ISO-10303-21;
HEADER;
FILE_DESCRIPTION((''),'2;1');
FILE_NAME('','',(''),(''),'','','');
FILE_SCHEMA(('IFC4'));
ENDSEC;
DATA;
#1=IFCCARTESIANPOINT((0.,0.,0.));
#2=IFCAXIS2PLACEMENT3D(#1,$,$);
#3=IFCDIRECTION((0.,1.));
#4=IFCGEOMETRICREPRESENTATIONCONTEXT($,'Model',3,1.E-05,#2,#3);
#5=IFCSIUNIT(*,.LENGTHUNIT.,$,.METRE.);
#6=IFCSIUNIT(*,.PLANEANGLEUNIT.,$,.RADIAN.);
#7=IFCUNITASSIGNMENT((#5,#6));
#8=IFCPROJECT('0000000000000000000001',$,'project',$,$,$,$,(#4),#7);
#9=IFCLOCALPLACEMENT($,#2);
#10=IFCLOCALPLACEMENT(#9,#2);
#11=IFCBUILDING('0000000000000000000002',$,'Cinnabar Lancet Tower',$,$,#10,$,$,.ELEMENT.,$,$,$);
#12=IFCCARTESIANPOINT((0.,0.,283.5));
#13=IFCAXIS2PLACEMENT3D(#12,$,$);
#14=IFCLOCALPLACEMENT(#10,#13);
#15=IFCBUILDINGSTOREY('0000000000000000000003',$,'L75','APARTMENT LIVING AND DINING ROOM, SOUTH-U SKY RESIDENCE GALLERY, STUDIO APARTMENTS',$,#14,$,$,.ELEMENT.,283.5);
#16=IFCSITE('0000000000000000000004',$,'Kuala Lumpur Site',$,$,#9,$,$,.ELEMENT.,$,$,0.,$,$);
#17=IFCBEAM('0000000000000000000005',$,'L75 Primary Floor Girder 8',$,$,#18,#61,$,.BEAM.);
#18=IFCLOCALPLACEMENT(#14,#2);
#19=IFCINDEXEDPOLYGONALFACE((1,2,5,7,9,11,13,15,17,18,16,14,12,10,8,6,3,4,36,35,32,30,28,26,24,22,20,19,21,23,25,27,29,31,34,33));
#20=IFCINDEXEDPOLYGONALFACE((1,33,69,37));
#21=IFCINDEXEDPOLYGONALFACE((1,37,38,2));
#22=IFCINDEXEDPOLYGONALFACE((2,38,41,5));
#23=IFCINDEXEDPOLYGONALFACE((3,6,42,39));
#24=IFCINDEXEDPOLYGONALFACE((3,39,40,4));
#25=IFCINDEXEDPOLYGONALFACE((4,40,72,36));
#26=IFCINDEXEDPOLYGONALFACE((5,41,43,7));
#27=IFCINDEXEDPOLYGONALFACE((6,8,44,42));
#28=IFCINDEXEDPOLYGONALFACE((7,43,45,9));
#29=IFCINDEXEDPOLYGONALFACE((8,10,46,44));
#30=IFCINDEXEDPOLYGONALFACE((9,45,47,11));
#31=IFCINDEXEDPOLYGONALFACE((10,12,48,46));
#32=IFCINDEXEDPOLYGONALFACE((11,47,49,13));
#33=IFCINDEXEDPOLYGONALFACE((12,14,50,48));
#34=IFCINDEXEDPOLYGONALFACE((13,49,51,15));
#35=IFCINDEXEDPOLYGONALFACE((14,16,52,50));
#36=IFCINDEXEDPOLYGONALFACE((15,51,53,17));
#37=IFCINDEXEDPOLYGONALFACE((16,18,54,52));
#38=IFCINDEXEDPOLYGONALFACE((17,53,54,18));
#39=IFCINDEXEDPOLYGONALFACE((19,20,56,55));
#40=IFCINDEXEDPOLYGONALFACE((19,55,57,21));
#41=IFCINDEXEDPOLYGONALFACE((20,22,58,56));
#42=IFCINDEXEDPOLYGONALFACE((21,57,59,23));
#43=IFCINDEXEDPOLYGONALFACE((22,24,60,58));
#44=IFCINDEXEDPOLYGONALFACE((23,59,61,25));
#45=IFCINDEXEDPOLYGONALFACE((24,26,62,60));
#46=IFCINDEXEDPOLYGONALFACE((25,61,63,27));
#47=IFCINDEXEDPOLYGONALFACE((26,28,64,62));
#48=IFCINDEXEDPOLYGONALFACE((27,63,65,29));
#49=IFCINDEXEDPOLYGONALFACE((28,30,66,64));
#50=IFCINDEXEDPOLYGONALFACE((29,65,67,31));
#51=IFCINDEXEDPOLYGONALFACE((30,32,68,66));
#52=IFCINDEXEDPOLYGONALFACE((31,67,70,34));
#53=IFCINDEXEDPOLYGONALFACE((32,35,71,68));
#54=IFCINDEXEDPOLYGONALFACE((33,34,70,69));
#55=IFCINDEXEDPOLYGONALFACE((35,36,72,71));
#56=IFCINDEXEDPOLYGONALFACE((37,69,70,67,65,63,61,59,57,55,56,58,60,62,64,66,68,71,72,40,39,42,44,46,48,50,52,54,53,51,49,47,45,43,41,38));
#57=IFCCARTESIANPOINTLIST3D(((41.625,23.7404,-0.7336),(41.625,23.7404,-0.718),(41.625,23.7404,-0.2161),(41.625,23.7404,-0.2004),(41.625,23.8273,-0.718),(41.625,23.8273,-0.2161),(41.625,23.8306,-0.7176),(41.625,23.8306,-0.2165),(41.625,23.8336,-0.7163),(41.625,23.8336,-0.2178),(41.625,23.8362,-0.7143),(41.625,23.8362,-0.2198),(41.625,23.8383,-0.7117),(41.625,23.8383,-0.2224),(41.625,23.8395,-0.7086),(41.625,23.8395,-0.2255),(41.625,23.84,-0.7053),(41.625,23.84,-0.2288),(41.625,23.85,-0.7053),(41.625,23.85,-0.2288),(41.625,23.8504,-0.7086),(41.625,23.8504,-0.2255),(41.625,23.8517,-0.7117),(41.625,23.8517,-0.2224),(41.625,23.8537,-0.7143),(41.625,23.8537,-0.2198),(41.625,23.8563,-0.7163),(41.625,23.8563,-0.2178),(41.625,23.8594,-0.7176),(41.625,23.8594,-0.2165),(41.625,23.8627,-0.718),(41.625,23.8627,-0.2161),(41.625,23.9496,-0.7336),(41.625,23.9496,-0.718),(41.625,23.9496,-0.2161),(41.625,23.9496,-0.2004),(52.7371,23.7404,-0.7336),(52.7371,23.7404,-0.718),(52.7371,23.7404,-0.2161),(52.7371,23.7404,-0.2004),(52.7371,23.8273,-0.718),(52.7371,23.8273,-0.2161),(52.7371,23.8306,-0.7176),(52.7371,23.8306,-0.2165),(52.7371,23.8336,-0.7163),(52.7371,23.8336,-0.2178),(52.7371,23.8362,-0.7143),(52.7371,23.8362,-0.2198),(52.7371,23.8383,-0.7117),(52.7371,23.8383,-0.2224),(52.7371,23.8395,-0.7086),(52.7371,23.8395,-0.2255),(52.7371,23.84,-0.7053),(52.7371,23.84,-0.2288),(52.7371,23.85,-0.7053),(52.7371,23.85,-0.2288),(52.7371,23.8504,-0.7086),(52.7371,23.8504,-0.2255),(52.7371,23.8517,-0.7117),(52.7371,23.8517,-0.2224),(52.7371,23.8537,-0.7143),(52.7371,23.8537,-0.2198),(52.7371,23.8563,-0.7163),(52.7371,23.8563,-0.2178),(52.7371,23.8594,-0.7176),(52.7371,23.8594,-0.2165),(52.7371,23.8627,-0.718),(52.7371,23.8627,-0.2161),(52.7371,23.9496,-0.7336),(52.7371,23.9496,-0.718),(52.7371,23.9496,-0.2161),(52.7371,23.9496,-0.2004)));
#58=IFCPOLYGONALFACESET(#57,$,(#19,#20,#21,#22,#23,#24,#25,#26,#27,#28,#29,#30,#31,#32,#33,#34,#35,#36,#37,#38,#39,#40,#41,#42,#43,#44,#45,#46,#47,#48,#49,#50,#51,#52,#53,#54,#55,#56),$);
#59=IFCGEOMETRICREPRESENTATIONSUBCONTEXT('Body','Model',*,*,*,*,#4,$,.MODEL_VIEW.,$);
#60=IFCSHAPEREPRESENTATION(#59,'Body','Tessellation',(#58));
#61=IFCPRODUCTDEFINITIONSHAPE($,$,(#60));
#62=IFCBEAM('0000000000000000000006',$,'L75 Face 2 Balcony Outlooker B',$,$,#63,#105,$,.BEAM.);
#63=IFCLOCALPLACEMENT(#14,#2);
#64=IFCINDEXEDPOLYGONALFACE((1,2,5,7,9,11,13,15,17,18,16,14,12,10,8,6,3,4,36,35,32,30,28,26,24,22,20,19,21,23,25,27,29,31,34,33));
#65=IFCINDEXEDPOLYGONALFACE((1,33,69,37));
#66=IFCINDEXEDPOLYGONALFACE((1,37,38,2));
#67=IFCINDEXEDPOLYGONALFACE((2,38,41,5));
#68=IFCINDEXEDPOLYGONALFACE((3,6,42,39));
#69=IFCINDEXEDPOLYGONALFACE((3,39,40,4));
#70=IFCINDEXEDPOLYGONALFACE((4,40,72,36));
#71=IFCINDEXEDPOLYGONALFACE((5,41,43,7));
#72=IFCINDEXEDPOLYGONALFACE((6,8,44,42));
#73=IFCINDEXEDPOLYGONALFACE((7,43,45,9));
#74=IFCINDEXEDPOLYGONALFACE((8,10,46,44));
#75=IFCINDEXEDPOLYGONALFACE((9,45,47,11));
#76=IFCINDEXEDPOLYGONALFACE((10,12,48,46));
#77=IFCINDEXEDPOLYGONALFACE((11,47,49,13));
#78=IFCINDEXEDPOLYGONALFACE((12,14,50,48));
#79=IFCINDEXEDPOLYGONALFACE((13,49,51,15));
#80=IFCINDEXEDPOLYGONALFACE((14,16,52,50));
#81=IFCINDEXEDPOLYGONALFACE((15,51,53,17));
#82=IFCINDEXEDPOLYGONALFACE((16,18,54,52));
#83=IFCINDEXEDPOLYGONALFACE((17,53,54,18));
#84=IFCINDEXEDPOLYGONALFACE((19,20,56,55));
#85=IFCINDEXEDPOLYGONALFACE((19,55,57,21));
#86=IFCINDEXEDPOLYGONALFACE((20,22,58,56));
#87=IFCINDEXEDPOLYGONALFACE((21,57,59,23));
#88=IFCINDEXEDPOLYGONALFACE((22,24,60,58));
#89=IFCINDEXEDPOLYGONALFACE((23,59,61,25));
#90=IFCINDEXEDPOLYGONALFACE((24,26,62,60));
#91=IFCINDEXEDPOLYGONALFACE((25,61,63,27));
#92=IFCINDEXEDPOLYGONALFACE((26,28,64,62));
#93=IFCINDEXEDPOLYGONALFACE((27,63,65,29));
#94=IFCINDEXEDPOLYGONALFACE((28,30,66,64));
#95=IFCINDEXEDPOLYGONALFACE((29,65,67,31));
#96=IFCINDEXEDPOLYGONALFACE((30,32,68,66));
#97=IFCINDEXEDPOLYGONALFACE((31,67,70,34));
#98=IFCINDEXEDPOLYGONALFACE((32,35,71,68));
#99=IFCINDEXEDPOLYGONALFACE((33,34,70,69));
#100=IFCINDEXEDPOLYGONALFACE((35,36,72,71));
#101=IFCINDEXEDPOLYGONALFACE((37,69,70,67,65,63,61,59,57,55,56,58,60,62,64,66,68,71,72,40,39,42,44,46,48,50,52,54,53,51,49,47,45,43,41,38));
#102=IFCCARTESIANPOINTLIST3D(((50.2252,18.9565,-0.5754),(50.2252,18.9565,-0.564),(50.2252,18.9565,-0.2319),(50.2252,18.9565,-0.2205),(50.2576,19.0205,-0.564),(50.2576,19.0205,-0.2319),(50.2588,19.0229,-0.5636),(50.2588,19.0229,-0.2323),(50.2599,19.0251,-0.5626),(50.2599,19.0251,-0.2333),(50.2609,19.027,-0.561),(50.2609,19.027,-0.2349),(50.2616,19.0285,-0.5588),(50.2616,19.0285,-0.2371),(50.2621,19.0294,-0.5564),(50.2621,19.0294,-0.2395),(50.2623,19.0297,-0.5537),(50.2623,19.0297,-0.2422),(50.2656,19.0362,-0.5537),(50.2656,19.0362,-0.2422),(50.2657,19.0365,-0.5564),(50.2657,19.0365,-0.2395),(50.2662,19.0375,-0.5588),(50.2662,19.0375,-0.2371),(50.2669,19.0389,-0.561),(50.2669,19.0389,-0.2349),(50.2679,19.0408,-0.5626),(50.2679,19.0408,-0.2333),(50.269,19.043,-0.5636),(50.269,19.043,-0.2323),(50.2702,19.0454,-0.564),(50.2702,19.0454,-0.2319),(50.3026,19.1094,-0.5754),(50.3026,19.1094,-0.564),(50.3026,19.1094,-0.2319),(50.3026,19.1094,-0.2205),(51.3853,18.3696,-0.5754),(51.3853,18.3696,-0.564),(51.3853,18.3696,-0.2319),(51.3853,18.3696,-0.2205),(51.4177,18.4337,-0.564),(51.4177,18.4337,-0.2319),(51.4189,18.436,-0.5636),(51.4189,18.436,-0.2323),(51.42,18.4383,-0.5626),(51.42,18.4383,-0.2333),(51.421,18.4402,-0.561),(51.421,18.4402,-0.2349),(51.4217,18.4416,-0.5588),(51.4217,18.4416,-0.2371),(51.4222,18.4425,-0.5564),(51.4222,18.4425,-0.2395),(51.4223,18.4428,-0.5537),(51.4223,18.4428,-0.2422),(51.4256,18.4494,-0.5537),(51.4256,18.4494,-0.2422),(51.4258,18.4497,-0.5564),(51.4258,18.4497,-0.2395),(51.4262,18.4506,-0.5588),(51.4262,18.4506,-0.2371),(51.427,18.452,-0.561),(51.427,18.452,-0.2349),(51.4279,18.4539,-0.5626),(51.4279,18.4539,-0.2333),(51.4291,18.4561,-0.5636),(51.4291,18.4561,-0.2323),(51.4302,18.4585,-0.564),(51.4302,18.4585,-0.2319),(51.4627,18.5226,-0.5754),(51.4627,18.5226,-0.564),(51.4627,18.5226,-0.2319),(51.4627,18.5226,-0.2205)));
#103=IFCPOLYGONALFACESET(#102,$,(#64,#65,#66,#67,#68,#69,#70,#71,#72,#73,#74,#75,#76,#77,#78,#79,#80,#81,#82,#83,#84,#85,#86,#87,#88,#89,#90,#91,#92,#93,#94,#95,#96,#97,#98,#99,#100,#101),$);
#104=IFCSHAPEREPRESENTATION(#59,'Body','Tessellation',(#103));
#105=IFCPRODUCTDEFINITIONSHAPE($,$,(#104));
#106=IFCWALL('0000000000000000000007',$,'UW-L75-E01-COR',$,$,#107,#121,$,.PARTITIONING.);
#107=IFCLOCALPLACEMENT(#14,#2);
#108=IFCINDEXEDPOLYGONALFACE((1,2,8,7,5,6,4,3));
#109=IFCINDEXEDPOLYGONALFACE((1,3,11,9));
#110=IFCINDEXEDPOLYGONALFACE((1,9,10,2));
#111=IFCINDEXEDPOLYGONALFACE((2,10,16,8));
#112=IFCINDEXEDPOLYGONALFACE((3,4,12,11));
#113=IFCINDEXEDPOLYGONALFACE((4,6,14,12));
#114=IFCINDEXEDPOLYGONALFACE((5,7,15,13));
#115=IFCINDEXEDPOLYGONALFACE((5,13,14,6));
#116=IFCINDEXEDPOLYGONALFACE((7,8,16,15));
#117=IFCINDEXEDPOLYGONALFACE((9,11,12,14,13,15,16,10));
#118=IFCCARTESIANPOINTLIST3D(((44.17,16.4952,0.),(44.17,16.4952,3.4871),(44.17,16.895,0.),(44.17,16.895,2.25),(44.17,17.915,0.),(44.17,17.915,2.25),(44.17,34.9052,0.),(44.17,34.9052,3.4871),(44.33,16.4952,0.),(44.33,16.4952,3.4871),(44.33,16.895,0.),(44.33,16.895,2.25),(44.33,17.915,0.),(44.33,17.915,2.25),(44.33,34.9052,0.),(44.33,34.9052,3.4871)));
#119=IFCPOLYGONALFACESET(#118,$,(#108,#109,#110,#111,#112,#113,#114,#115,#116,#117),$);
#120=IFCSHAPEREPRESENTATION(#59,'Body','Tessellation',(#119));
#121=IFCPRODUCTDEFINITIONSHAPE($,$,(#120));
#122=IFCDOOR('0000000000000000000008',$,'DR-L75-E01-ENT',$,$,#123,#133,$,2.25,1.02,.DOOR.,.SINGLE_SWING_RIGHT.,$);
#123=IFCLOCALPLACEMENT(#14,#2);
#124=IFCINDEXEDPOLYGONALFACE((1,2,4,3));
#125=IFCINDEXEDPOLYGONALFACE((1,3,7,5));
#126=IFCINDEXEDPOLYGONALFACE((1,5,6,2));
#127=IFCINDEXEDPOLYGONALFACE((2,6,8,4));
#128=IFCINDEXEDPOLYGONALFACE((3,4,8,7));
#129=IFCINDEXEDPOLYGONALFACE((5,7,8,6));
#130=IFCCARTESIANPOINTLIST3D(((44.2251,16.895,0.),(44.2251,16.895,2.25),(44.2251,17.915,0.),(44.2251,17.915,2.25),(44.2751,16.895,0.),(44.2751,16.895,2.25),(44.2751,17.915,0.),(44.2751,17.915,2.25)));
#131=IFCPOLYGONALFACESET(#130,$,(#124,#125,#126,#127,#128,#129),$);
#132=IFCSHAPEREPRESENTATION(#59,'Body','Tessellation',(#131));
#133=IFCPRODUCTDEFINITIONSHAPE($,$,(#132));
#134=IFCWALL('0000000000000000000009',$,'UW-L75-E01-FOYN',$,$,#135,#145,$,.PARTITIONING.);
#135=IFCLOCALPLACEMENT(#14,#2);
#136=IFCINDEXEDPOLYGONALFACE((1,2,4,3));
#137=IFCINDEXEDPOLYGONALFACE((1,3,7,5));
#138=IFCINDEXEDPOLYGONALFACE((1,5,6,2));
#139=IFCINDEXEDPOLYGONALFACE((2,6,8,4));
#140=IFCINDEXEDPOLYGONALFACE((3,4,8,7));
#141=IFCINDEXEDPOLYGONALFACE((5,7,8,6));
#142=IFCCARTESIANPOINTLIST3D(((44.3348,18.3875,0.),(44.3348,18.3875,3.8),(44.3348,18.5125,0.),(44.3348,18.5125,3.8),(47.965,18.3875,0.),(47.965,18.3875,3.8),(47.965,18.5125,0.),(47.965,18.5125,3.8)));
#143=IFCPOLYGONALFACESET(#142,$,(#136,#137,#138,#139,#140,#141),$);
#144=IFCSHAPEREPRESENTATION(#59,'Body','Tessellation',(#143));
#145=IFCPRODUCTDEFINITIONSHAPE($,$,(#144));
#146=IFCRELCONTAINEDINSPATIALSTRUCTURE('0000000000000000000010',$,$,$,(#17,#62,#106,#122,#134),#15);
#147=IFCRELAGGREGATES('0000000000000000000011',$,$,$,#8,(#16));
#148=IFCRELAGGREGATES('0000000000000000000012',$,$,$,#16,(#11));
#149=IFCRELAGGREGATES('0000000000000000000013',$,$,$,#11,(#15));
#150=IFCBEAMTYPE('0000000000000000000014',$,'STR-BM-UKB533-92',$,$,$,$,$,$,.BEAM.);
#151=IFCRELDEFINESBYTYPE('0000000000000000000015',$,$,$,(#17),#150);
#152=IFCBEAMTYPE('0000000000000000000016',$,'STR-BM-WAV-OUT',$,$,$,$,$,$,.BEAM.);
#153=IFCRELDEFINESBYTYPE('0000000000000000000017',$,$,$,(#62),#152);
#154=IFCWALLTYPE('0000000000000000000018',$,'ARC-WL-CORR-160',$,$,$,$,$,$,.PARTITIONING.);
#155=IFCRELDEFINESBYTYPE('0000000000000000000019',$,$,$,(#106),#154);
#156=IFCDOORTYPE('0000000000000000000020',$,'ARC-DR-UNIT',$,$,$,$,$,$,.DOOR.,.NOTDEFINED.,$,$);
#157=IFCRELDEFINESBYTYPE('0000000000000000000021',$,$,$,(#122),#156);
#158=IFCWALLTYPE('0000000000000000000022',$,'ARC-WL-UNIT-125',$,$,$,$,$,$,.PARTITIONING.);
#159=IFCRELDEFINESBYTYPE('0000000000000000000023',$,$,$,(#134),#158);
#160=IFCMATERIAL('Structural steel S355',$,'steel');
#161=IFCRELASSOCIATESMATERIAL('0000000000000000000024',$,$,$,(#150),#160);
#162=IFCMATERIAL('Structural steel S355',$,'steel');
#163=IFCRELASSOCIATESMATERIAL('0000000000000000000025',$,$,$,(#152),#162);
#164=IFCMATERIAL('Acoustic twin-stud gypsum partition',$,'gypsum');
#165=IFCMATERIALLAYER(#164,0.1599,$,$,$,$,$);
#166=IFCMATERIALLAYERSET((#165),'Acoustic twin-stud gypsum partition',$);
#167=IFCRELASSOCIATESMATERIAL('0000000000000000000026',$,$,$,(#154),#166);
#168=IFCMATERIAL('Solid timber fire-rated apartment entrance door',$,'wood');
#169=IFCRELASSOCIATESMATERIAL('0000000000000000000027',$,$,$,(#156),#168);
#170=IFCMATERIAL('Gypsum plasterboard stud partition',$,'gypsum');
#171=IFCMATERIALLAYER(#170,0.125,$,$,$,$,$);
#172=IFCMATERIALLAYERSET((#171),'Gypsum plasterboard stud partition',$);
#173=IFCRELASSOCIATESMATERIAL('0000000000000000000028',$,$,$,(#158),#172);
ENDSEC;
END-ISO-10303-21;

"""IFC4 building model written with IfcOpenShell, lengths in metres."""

from ifc_helpers import new_model, si_unit, direction, frame, frame_2d, origin, origin_2d, place, context, subcontext, project, spatial, rectangle, i_section, extrude, material, layer, layer_set, material_profile, profile_set, type_object, element, fill, save


model = new_model("IFC4")

# Units and contexts
model_context = context("Model", 3, precision=1e-05, world=origin(), true_north=direction((0.0, 1.0)))
body_context = subcontext(model_context, "Body", "Model", "MODEL_VIEW")
ifc_project = project(units=[si_unit("LENGTHUNIT", "METRE"), si_unit("PLANEANGLEUNIT", "RADIAN")], contexts=[model_context])

# Site, building, storey
site_placement = place(None, origin())
site = spatial("IfcSite", under=ifc_project, at=site_placement, Name="Kuala Lumpur Site", CompositionType="ELEMENT", RefElevation=0.0)
building_placement = place(site_placement, origin())
building = spatial("IfcBuilding", under=site, at=building_placement, Name="Cinnabar Lancet Tower", CompositionType="ELEMENT")
storey_placement = place(building_placement, frame((0.0, 0.0, 283.5)))
storey = spatial("IfcBuildingStorey", under=building, at=storey_placement, Name="L75", Description="APARTMENT LIVING AND DINING ROOM, SOUTH-U SKY RESIDENCE GALLERY, STUDIO APARTMENTS", CompositionType="ELEMENT", Elevation=283.5)

# Beams
ifc_material_1 = material(Name="Structural steel S355", Category="steel")
ifc_material_profile_1 = material_profile(ifc_material_1, i_section(OverallWidth=0.2092, OverallDepth=0.5332, WebThickness=0.01, FlangeThickness=0.0156, FilletRadius=0.0127, at=origin_2d()), Name="UKB 533x210x92")
ifc_profile_set_1 = profile_set([ifc_material_profile_1], Name="Structural steel S355")
beam_type_1 = type_object("IfcBeamType", Name="STR-BM-UKB533-92", PredefinedType="BEAM", material=ifc_profile_set_1)
beam_1_placement = place(storey_placement, frame((52.7371, 23.845, -0.467), z_axis=(-1.0, 0.0, 0.0), x_axis=(0.0, -1.0, 0.0)))
element("IfcBeam", 1, at=beam_1_placement, inside=storey, type_object=beam_type_1, Name="L75 Primary Floor Girder 8", PredefinedType="BEAM", context=body_context, shape_type="SweptSolid", body=[
    extrude(i_section(OverallWidth=0.2092, OverallDepth=0.5332, WebThickness=0.01, FlangeThickness=0.0156, FilletRadius=0.0127, at=origin_2d()), origin(), (0.0, 0.0, 1.0), 11.1121),
])
ifc_material_2 = material(Name="Structural steel S355", Category="steel")
ifc_material_profile_2 = material_profile(ifc_material_2, i_section(OverallWidth=0.1714, OverallDepth=0.355, WebThickness=0.0073, FlangeThickness=0.0115, FilletRadius=0.0103, at=origin_2d()), Name="UKB 356x171x51")
ifc_profile_set_2 = profile_set([ifc_material_profile_2], Name="Structural steel S355")
beam_type_2 = type_object("IfcBeamType", Name="STR-BM-WAV-OUT", PredefinedType="BEAM", material=ifc_profile_set_2)
beam_2_placement = place(storey_placement, frame((50.2639, 19.033, -0.3979), z_axis=(0.892314, -0.451415, 0.0), x_axis=(0.451415, 0.892314, 0.0)))
element("IfcBeam", 2, at=beam_2_placement, inside=storey, type_object=beam_type_2, Name="L75 Face 2 Balcony Outlooker B", PredefinedType="BEAM", context=body_context, shape_type="SweptSolid", body=[
    extrude(i_section(OverallWidth=0.1714, OverallDepth=0.355, WebThickness=0.0073, FlangeThickness=0.0115, FilletRadius=0.0103, at=origin_2d()), origin(), (0.0, 0.0, 1.0), 1.3),
])

# Wall, opening, door
ifc_material_3 = material(Name="Acoustic twin-stud gypsum partition", Category="gypsum")
ifc_layer_1 = layer(ifc_material_3, 0.1599)
ifc_layer_set_1 = layer_set([ifc_layer_1], Name="Acoustic twin-stud gypsum partition")
wall_type_1 = type_object("IfcWallType", Name="ARC-WL-CORR-160", PredefinedType="PARTITIONING", material=ifc_layer_set_1)
wall_1_placement = place(storey_placement, frame((44.25, 16.4951, 0.0), z_axis=(0.0, 0.0, 1.0), x_axis=(0.0, 1.0, 0.0)))
wall_1 = element("IfcWall", 3, at=wall_1_placement, inside=storey, type_object=wall_type_1, Name="UW-L75-E01-COR", PredefinedType="PARTITIONING", context=body_context, shape_type="SweptSolid", body=[
    extrude(rectangle(XDim=18.4099, YDim=0.1599, at=frame_2d((9.2051, 0.0))), origin(), (0.0, 0.0, 1.0), 3.4871),
])
opening_1_placement = place(wall_1_placement, frame((0.3999, 0.0, 0.0)))
opening_1 = element("IfcOpeningElement", 4, at=opening_1_placement, cuts=wall_1, PredefinedType="OPENING", context=body_context, shape_type="SweptSolid", body=[
    extrude(rectangle(XDim=1.02, YDim=2.25, at=frame_2d((0.51, 1.125))), frame((0.0, 0.0898, 0.0), z_axis=(0.0, -1.0, 0.0), x_axis=(1.0, 0.0, 0.0)), (0.0, 0.0, 1.0), 0.1799),
])
ifc_material_4 = material(Name="Solid timber fire-rated apartment entrance door", Category="wood")
door_type_1 = type_object("IfcDoorType", Name="ARC-DR-UNIT", OperationType="NOTDEFINED", PredefinedType="DOOR", material=ifc_material_4)
door_1_placement = place(opening_1_placement, origin())
door_1 = element("IfcDoor", 5, at=door_1_placement, inside=storey, type_object=door_type_1, Name="DR-L75-E01-ENT", OperationType="SINGLE_SWING_RIGHT", OverallHeight=2.25, OverallWidth=1.02, PredefinedType="DOOR", context=body_context, shape_type="SweptSolid", body=[
    extrude(rectangle(XDim=1.02, YDim=2.25, at=frame_2d((0.51, 1.125))), frame((0.0, 0.0249, 0.0), z_axis=(0.0, -1.0, 0.0), x_axis=(1.0, 0.0, 0.0)), (0.0, 0.0, 1.0), 0.05),
])
fill(opening_1, door_1)

# Wall
ifc_material_5 = material(Name="Gypsum plasterboard stud partition", Category="gypsum")
ifc_layer_2 = layer(ifc_material_5, 0.125)
ifc_layer_set_2 = layer_set([ifc_layer_2], Name="Gypsum plasterboard stud partition")
wall_type_2 = type_object("IfcWallType", Name="ARC-WL-UNIT-125", PredefinedType="PARTITIONING", material=ifc_layer_set_2)
wall_2_placement = place(storey_placement, frame((44.335, 18.45, 0.0), z_axis=(0.0, 0.0, 1.0), x_axis=(1.0, 0.0, 0.0)))
element("IfcWall", 6, at=wall_2_placement, inside=storey, type_object=wall_type_2, Name="UW-L75-E01-FOYN", PredefinedType="PARTITIONING", context=body_context, shape_type="SweptSolid", body=[
    extrude(rectangle(XDim=3.6301, YDim=0.125, at=frame_2d((1.8149, 0.0))), origin(), (0.0, 0.0, 1.0), 3.8),
])

save(model, "model.ifc")
